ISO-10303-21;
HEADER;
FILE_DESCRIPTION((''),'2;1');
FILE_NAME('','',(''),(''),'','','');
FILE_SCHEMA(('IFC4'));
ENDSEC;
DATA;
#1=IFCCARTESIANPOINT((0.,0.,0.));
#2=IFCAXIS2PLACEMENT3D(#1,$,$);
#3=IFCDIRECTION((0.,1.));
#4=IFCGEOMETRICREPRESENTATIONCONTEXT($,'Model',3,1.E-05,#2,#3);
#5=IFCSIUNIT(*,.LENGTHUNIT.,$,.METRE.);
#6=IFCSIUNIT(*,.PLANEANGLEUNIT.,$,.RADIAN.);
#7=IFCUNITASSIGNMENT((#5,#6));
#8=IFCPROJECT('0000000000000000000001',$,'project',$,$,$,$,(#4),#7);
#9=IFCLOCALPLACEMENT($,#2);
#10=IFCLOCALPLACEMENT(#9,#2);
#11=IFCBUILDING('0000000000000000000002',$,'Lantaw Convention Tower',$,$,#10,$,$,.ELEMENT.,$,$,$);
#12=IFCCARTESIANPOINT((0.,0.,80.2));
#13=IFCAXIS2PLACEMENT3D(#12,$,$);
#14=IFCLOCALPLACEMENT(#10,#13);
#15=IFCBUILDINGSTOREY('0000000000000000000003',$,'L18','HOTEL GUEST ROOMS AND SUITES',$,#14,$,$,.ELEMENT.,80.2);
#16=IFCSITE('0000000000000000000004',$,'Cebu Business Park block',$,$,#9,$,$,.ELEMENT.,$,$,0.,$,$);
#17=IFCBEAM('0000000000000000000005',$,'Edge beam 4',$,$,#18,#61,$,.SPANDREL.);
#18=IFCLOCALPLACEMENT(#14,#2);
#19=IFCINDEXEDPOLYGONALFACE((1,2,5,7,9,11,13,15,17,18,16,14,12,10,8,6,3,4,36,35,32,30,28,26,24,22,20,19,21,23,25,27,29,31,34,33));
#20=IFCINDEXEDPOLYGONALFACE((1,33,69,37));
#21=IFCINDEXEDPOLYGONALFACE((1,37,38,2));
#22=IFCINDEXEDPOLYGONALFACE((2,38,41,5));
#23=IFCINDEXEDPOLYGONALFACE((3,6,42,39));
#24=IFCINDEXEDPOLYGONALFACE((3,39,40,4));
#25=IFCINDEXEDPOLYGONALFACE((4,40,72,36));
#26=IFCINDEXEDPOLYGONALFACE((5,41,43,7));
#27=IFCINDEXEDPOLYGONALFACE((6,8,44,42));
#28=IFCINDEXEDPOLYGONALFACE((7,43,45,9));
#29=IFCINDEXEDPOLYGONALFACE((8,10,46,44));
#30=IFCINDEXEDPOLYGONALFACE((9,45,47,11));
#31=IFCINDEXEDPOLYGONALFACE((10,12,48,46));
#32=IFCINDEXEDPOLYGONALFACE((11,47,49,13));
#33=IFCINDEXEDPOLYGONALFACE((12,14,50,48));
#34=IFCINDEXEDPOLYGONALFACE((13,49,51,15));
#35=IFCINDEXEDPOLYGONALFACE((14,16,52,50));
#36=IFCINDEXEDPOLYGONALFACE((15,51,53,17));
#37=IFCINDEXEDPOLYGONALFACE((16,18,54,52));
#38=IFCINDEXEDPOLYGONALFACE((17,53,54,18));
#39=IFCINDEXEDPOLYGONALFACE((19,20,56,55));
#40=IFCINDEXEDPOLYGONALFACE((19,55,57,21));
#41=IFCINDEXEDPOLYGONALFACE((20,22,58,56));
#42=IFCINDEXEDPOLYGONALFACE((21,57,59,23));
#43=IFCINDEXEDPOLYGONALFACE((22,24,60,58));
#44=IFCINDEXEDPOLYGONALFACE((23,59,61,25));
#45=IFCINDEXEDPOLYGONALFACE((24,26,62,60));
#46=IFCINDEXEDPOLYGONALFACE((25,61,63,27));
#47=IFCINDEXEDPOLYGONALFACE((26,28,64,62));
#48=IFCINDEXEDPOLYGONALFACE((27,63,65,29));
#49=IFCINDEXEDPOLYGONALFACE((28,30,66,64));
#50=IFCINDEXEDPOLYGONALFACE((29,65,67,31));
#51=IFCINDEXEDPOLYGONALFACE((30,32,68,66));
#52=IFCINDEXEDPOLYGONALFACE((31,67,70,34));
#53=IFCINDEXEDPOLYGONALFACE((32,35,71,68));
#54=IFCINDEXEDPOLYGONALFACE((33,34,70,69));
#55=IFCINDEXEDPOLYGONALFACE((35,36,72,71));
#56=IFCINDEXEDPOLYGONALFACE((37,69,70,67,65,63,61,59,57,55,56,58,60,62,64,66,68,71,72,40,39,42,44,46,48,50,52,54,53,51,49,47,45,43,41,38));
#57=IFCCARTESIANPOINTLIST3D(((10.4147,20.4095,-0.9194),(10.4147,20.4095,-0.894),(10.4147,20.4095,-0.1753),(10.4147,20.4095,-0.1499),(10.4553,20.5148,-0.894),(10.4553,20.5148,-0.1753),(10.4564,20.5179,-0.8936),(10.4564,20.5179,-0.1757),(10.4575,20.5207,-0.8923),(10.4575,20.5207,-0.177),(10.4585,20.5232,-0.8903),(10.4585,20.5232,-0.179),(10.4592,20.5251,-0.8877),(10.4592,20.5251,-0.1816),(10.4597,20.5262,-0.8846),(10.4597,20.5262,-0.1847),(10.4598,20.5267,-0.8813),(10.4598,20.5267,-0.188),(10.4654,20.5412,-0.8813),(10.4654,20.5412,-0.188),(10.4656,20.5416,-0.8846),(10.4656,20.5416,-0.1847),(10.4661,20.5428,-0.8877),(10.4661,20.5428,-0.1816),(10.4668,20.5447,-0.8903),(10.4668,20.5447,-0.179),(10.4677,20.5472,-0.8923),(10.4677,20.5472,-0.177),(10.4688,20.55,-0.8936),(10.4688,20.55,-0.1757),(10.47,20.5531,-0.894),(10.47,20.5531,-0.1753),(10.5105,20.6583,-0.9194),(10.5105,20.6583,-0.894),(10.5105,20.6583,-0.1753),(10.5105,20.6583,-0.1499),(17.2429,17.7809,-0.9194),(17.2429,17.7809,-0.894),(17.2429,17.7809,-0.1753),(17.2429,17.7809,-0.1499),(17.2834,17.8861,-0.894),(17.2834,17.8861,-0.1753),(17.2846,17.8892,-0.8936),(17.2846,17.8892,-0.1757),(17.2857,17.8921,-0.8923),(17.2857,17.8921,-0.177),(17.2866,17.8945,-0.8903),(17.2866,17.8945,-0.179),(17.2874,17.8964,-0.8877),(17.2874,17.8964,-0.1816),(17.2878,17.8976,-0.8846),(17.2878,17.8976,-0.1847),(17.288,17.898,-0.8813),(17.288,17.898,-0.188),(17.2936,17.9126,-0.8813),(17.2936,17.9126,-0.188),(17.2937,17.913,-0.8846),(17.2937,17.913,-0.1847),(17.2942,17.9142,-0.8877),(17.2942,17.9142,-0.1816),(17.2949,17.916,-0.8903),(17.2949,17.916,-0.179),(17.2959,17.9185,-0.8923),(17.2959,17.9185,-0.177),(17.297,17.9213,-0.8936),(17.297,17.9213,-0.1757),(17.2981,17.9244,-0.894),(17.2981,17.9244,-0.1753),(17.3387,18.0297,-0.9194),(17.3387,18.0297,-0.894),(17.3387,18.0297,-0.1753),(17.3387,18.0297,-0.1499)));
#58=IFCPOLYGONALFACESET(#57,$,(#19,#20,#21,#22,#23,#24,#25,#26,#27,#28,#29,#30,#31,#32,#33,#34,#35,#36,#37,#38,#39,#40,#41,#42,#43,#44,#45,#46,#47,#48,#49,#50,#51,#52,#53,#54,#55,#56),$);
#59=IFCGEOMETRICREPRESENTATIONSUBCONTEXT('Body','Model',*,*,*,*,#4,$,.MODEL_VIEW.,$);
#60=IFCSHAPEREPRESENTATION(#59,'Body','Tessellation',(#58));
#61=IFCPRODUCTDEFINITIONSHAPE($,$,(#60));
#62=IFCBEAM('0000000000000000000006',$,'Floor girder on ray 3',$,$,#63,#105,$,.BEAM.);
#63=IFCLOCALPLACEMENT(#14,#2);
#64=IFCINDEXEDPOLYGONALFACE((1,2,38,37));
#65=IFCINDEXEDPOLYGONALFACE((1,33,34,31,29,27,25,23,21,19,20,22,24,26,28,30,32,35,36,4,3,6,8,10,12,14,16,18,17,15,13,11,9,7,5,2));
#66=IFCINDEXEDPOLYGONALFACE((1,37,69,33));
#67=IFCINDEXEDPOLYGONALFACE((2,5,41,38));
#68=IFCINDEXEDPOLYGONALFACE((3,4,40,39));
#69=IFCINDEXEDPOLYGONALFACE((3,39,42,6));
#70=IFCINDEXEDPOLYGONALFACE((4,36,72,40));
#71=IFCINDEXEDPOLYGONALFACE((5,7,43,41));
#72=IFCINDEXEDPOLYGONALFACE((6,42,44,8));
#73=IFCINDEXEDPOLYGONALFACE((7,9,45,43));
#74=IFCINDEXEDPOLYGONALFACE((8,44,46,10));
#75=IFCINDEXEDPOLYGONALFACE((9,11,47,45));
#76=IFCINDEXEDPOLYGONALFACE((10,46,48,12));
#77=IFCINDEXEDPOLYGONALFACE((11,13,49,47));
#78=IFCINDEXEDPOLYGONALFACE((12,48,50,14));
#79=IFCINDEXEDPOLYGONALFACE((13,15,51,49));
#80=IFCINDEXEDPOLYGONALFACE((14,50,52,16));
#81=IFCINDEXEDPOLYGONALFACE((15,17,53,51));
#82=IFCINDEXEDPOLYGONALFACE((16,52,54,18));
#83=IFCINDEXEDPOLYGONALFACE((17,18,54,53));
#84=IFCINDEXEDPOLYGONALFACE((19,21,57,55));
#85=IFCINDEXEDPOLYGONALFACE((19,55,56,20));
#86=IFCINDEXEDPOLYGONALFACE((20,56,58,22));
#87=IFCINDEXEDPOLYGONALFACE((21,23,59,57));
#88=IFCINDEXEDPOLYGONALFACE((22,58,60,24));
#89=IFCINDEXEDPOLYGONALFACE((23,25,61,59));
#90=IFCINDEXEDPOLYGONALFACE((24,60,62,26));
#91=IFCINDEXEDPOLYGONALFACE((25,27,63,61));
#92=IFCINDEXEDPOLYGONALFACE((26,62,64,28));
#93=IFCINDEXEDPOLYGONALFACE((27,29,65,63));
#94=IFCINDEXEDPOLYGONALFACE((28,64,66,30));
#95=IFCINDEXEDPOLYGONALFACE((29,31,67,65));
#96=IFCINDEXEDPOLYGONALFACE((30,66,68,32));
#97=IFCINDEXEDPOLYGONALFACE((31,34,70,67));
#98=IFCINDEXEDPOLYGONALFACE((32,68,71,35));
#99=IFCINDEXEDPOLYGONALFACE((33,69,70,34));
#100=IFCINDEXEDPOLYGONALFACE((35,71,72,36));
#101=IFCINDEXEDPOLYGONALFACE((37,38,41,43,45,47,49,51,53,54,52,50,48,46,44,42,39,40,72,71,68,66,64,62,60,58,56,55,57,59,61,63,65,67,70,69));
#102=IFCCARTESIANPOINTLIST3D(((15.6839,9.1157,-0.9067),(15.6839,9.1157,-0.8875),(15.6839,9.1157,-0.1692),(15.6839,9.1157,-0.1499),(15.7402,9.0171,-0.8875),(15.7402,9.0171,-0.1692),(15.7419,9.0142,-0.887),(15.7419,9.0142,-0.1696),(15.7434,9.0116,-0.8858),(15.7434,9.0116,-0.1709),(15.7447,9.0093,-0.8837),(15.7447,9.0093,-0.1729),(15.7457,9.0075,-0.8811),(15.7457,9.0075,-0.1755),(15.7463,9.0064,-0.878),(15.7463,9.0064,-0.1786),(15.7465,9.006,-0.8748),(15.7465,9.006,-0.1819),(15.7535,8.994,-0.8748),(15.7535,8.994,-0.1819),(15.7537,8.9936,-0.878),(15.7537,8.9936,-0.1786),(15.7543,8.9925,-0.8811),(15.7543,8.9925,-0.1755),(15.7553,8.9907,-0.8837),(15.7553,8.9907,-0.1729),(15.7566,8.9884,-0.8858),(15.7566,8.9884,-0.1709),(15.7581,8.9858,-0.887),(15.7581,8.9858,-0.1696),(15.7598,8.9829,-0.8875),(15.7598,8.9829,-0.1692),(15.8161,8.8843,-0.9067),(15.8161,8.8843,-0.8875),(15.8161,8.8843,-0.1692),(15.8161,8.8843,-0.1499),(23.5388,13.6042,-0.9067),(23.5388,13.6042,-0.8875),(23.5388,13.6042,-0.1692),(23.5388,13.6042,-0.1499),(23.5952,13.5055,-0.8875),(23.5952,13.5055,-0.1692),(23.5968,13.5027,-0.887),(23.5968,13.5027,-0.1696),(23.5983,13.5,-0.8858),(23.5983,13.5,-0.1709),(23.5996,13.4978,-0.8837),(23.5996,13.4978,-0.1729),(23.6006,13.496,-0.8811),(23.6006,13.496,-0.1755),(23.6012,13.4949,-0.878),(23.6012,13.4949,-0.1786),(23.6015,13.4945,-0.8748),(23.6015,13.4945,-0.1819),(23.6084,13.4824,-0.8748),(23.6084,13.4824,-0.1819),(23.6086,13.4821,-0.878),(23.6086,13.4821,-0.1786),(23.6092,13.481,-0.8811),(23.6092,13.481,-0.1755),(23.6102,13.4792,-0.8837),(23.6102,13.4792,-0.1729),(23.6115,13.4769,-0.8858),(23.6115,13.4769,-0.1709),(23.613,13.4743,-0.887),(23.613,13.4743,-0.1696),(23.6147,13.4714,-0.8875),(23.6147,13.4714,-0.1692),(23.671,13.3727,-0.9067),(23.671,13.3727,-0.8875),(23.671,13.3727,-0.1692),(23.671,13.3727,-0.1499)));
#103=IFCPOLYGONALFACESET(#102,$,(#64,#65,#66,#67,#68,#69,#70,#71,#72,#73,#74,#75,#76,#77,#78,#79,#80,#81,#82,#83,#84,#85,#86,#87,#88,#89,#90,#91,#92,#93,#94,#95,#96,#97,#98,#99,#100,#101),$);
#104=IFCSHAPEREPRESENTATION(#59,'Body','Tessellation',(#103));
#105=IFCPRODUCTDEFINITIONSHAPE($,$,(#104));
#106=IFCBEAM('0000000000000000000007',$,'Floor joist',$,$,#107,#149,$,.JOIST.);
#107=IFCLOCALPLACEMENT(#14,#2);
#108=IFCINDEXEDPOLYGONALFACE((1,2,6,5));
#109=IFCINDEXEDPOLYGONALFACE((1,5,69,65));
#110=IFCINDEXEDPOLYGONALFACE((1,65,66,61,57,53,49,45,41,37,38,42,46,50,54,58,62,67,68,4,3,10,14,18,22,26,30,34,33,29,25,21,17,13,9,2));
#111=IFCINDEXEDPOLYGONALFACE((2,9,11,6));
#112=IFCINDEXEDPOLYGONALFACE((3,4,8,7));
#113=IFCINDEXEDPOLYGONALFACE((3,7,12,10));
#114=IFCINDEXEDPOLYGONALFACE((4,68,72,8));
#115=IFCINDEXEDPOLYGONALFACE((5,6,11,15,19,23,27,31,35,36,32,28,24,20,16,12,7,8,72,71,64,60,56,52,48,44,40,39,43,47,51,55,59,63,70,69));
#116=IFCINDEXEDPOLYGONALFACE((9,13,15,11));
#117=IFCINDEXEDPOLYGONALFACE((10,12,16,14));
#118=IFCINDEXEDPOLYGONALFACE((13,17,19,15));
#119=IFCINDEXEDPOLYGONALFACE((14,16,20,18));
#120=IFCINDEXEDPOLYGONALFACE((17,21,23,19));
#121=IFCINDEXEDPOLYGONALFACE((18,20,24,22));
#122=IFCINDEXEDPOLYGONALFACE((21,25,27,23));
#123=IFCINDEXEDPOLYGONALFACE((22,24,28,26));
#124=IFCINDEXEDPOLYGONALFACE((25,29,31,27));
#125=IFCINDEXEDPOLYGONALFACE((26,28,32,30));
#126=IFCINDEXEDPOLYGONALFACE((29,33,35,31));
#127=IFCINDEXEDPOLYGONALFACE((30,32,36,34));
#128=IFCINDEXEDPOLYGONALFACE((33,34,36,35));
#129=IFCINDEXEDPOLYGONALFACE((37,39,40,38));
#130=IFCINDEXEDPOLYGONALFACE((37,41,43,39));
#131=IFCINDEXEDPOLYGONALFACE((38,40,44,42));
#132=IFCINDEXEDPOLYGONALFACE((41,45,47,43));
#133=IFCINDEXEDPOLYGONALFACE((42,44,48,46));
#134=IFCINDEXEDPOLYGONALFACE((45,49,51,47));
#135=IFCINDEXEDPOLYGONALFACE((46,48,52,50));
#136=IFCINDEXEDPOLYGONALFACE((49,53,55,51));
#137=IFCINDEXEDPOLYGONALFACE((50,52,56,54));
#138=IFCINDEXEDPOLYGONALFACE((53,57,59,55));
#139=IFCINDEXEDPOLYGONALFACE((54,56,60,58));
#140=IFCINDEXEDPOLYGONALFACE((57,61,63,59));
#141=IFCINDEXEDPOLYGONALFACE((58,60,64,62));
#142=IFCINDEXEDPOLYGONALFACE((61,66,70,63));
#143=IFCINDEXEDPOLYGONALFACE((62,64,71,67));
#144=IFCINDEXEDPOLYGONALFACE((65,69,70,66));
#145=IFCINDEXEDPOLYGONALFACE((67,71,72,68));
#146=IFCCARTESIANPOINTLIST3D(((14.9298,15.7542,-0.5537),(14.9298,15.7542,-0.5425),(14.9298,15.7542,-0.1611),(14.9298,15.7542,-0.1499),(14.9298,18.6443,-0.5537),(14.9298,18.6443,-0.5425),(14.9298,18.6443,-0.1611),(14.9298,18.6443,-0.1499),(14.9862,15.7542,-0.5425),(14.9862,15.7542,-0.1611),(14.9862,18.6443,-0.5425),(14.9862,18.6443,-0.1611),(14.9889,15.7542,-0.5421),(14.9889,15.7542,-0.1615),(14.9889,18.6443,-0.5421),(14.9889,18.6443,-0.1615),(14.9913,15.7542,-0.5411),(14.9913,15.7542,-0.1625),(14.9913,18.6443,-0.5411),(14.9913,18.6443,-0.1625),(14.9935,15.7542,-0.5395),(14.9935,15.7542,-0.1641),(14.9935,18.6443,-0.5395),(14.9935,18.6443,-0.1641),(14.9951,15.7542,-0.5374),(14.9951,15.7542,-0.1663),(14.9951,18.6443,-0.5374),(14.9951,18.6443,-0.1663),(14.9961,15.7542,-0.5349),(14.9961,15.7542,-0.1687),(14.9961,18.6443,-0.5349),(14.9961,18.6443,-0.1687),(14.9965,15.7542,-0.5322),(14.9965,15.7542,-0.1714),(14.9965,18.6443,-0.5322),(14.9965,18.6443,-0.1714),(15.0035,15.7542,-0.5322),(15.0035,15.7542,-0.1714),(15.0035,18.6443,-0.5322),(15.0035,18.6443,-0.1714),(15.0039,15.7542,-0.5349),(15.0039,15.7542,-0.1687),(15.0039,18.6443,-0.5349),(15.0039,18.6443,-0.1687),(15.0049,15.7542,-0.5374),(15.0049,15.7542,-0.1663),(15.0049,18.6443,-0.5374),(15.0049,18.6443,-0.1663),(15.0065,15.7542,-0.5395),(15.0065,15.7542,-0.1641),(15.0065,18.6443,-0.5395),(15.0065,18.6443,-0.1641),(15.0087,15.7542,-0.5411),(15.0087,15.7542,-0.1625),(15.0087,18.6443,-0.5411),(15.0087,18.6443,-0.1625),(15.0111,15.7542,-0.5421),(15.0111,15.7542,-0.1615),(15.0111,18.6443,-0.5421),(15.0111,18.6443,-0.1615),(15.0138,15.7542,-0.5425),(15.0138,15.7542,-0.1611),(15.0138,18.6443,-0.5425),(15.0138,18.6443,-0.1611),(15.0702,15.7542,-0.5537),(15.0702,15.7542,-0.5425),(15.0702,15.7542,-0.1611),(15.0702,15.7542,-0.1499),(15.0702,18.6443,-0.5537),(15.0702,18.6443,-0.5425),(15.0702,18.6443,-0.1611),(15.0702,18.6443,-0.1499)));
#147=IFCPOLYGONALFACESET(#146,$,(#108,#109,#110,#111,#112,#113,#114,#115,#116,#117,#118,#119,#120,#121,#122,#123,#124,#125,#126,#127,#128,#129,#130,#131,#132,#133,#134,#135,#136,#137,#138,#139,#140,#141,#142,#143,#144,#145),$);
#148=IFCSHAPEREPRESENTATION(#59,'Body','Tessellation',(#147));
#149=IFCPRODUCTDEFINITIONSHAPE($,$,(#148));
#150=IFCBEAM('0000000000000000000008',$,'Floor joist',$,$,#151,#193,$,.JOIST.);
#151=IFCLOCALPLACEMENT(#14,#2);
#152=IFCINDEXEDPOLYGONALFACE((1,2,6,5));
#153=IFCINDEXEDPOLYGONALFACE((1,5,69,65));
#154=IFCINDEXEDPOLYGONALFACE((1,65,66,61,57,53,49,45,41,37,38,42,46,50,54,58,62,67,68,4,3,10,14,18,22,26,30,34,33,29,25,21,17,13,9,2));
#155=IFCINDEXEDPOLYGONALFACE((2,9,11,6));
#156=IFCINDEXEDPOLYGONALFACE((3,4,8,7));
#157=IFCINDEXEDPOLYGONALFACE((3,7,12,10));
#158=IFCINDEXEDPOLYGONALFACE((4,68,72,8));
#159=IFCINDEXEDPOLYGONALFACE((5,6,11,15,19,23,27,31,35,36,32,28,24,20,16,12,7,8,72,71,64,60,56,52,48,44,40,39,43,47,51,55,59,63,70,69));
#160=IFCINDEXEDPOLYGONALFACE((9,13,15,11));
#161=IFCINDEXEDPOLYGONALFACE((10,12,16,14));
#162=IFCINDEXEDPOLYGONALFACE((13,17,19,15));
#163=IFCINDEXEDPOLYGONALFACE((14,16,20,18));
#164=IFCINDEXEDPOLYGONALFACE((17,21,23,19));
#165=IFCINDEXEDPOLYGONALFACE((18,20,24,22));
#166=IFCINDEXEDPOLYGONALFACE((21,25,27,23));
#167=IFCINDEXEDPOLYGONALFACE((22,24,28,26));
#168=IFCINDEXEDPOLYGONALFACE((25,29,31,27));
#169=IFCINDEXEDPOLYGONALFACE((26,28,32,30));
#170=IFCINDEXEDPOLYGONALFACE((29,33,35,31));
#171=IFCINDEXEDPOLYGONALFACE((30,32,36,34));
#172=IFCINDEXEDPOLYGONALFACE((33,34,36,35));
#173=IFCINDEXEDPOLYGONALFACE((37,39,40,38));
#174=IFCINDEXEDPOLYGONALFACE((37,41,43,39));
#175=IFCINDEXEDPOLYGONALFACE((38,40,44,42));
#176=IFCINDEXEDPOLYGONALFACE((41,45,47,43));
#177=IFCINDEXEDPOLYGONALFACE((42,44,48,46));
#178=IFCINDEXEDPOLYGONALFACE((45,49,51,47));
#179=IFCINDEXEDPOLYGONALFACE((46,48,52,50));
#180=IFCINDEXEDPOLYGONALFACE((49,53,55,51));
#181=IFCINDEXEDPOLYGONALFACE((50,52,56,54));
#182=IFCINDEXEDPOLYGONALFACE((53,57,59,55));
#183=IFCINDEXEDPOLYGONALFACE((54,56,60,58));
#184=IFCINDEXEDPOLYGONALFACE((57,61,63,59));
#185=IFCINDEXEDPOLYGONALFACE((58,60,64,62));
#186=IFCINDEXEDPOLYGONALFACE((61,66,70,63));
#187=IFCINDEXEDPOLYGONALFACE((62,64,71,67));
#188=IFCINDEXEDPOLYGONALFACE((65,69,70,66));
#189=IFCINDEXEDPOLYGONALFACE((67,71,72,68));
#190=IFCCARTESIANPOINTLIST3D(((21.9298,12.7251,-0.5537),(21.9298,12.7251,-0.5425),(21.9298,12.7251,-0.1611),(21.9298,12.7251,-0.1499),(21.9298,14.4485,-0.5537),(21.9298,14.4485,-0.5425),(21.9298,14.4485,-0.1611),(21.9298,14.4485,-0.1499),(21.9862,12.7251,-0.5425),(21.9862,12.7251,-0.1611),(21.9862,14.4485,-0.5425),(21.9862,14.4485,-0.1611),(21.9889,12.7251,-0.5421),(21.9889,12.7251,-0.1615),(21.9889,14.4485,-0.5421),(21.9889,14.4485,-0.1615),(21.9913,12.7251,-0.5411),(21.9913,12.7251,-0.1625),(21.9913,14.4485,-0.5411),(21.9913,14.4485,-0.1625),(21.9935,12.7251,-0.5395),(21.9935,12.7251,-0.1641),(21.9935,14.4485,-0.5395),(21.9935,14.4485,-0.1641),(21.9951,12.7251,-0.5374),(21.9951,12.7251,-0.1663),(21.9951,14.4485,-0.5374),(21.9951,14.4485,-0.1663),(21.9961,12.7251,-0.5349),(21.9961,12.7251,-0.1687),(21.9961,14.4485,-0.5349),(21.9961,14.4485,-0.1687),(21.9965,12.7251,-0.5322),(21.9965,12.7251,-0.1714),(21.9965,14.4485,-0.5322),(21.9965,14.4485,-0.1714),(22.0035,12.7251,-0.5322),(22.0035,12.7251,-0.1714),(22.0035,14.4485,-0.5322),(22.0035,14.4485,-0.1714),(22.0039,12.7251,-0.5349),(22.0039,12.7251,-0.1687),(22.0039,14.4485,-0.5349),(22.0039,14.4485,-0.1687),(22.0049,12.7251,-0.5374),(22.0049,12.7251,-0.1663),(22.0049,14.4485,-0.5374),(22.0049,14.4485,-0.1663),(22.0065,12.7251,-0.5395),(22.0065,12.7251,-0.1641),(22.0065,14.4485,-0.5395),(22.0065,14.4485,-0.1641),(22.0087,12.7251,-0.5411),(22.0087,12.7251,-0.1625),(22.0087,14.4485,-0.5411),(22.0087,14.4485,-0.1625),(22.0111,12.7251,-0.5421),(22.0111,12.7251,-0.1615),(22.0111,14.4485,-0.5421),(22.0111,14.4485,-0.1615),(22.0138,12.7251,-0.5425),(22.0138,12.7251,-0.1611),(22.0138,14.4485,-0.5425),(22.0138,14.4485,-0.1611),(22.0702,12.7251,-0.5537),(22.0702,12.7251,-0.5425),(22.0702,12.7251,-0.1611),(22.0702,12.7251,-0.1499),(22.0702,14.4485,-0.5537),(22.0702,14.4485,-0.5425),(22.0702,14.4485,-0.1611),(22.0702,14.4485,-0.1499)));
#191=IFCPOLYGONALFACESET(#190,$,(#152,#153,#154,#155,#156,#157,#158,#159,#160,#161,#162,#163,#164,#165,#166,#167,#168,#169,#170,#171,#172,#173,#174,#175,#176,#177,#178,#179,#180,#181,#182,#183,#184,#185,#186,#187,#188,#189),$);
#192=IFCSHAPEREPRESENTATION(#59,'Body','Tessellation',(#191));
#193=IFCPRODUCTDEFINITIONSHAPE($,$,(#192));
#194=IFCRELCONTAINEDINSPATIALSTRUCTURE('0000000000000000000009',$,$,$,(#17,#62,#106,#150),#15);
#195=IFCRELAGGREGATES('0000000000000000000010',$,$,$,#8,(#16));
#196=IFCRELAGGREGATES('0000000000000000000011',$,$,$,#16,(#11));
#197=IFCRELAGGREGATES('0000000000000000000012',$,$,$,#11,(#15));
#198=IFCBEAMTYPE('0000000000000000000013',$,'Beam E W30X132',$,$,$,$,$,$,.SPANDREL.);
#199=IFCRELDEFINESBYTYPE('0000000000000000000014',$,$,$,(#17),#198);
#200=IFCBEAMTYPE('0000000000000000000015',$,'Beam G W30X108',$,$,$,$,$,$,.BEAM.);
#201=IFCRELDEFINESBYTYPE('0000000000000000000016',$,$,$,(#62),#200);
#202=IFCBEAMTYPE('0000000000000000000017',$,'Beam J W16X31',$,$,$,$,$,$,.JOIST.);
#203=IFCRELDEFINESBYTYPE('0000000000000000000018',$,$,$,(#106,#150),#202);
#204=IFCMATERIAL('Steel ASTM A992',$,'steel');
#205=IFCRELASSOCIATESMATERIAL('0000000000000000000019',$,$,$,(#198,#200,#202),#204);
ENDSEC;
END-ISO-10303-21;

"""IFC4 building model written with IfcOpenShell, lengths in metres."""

from ifc_helpers import new_model, si_unit, direction, frame, origin, origin_2d, place, context, subcontext, project, spatial, i_section, extrude, material, material_profile, profile_set, type_object, element, save


model = new_model("IFC4")

# Units and contexts
model_context = context("Model", 3, precision=1e-05, world=origin(), true_north=direction((0.0, 1.0)))
body_context = subcontext(model_context, "Body", "Model", "MODEL_VIEW")
ifc_project = project(units=[si_unit("LENGTHUNIT", "METRE"), si_unit("PLANEANGLEUNIT", "RADIAN")], contexts=[model_context])

# Site, building, storey
site_placement = place(None, origin())
site = spatial("IfcSite", under=ifc_project, at=site_placement, Name="Cebu Business Park block", CompositionType="ELEMENT", RefElevation=0.0)
building_placement = place(site_placement, origin())
building = spatial("IfcBuilding", under=site, at=building_placement, Name="Lantaw Convention Tower", CompositionType="ELEMENT")
storey_placement = place(building_placement, frame((0.0, 0.0, 80.2)))
storey = spatial("IfcBuildingStorey", under=building, at=storey_placement, Name="L18", Description="HOTEL GUEST ROOMS AND SUITES", CompositionType="ELEMENT", Elevation=80.2)

# Beams
ifc_material_1 = material(Name="Steel ASTM A992", Category="steel")
ifc_material_profile_1 = material_profile(ifc_material_1, i_section(OverallWidth=0.2666, OverallDepth=0.7695, WebThickness=0.0156, FlangeThickness=0.0254, FilletRadius=0.0127, at=origin_2d()), Name="W30X132")
ifc_profile_set_1 = profile_set([ifc_material_profile_1], Name="Steel ASTM A992")
beam_type_1 = type_object("IfcBeamType", Name="Beam E W30X132", PredefinedType="SPANDREL", material=ifc_profile_set_1)
beam_1_placement = place(storey_placement, frame((17.2908, 17.9053, -0.5347), z_axis=(-0.933233, 0.359272, 0.0), x_axis=(-0.359272, -0.933233, 0.0)))
element("IfcBeam", 1, at=beam_1_placement, inside=storey, type_object=beam_type_1, Name="Edge beam 4", PredefinedType="SPANDREL", context=body_context, shape_type="SweptSolid", body=[
    extrude(i_section(OverallWidth=0.2666, OverallDepth=0.7695, WebThickness=0.0156, FlangeThickness=0.0254, FilletRadius=0.0127, at=origin_2d()), origin(), (0.0, 0.0, 1.0), 7.3167),
])
ifc_material_profile_2 = material_profile(ifc_material_1, i_section(OverallWidth=0.2666, OverallDepth=0.7568, WebThickness=0.0139, FlangeThickness=0.0193, FilletRadius=0.0127, at=origin_2d()), Name="W30X108")
ifc_profile_set_2 = profile_set([ifc_material_profile_2], Name="Steel ASTM A992")
beam_type_2 = type_object("IfcBeamType", Name="Beam G W30X108", PredefinedType="BEAM", material=ifc_profile_set_2)
beam_2_placement = place(storey_placement, frame((15.75, 9.0, -0.5283), z_axis=(0.868245, 0.496136, 0.0), x_axis=(-0.496136, 0.868245, 0.0)))
element("IfcBeam", 2, at=beam_2_placement, inside=storey, type_object=beam_type_2, Name="Floor girder on ray 3", PredefinedType="BEAM", context=body_context, shape_type="SweptSolid", body=[
    extrude(i_section(OverallWidth=0.2666, OverallDepth=0.7568, WebThickness=0.0139, FlangeThickness=0.0193, FilletRadius=0.0127, at=origin_2d()), origin(), (0.0, 0.0, 1.0), 9.0469),
])
ifc_material_profile_3 = material_profile(ifc_material_1, i_section(OverallWidth=0.1404, OverallDepth=0.4038, WebThickness=0.0071, FlangeThickness=0.0112, FilletRadius=0.0103, at=origin_2d()), Name="W16X31")
ifc_profile_set_3 = profile_set([ifc_material_profile_3], Name="Steel ASTM A992")
beam_type_3 = type_object("IfcBeamType", Name="Beam J W16X31", PredefinedType="JOIST", material=ifc_profile_set_3)
beam_3_placement = place(storey_placement, frame((15.0, 15.7542, -0.3518), z_axis=(0.0, 1.0, 0.0), x_axis=(-1.0, 0.0, 0.0)))
element("IfcBeam", 3, at=beam_3_placement, inside=storey, type_object=beam_type_3, Name="Floor joist", PredefinedType="JOIST", context=body_context, shape_type="SweptSolid", body=[
    extrude(i_section(OverallWidth=0.1404, OverallDepth=0.4038, WebThickness=0.0071, FlangeThickness=0.0112, FilletRadius=0.0103, at=origin_2d()), origin(), (0.0, 0.0, 1.0), 2.8901),
])
beam_4_placement = place(storey_placement, frame((22.0, 12.7251, -0.3518), z_axis=(0.0, 1.0, 0.0), x_axis=(-1.0, 0.0, 0.0)))
element("IfcBeam", 4, at=beam_4_placement, inside=storey, type_object=beam_type_3, Name="Floor joist", PredefinedType="JOIST", context=body_context, shape_type="SweptSolid", body=[
    extrude(i_section(OverallWidth=0.1404, OverallDepth=0.4038, WebThickness=0.0071, FlangeThickness=0.0112, FilletRadius=0.0103, at=origin_2d()), origin(), (0.0, 0.0, 1.0), 1.7234),
])

save(model, "model.ifc")
